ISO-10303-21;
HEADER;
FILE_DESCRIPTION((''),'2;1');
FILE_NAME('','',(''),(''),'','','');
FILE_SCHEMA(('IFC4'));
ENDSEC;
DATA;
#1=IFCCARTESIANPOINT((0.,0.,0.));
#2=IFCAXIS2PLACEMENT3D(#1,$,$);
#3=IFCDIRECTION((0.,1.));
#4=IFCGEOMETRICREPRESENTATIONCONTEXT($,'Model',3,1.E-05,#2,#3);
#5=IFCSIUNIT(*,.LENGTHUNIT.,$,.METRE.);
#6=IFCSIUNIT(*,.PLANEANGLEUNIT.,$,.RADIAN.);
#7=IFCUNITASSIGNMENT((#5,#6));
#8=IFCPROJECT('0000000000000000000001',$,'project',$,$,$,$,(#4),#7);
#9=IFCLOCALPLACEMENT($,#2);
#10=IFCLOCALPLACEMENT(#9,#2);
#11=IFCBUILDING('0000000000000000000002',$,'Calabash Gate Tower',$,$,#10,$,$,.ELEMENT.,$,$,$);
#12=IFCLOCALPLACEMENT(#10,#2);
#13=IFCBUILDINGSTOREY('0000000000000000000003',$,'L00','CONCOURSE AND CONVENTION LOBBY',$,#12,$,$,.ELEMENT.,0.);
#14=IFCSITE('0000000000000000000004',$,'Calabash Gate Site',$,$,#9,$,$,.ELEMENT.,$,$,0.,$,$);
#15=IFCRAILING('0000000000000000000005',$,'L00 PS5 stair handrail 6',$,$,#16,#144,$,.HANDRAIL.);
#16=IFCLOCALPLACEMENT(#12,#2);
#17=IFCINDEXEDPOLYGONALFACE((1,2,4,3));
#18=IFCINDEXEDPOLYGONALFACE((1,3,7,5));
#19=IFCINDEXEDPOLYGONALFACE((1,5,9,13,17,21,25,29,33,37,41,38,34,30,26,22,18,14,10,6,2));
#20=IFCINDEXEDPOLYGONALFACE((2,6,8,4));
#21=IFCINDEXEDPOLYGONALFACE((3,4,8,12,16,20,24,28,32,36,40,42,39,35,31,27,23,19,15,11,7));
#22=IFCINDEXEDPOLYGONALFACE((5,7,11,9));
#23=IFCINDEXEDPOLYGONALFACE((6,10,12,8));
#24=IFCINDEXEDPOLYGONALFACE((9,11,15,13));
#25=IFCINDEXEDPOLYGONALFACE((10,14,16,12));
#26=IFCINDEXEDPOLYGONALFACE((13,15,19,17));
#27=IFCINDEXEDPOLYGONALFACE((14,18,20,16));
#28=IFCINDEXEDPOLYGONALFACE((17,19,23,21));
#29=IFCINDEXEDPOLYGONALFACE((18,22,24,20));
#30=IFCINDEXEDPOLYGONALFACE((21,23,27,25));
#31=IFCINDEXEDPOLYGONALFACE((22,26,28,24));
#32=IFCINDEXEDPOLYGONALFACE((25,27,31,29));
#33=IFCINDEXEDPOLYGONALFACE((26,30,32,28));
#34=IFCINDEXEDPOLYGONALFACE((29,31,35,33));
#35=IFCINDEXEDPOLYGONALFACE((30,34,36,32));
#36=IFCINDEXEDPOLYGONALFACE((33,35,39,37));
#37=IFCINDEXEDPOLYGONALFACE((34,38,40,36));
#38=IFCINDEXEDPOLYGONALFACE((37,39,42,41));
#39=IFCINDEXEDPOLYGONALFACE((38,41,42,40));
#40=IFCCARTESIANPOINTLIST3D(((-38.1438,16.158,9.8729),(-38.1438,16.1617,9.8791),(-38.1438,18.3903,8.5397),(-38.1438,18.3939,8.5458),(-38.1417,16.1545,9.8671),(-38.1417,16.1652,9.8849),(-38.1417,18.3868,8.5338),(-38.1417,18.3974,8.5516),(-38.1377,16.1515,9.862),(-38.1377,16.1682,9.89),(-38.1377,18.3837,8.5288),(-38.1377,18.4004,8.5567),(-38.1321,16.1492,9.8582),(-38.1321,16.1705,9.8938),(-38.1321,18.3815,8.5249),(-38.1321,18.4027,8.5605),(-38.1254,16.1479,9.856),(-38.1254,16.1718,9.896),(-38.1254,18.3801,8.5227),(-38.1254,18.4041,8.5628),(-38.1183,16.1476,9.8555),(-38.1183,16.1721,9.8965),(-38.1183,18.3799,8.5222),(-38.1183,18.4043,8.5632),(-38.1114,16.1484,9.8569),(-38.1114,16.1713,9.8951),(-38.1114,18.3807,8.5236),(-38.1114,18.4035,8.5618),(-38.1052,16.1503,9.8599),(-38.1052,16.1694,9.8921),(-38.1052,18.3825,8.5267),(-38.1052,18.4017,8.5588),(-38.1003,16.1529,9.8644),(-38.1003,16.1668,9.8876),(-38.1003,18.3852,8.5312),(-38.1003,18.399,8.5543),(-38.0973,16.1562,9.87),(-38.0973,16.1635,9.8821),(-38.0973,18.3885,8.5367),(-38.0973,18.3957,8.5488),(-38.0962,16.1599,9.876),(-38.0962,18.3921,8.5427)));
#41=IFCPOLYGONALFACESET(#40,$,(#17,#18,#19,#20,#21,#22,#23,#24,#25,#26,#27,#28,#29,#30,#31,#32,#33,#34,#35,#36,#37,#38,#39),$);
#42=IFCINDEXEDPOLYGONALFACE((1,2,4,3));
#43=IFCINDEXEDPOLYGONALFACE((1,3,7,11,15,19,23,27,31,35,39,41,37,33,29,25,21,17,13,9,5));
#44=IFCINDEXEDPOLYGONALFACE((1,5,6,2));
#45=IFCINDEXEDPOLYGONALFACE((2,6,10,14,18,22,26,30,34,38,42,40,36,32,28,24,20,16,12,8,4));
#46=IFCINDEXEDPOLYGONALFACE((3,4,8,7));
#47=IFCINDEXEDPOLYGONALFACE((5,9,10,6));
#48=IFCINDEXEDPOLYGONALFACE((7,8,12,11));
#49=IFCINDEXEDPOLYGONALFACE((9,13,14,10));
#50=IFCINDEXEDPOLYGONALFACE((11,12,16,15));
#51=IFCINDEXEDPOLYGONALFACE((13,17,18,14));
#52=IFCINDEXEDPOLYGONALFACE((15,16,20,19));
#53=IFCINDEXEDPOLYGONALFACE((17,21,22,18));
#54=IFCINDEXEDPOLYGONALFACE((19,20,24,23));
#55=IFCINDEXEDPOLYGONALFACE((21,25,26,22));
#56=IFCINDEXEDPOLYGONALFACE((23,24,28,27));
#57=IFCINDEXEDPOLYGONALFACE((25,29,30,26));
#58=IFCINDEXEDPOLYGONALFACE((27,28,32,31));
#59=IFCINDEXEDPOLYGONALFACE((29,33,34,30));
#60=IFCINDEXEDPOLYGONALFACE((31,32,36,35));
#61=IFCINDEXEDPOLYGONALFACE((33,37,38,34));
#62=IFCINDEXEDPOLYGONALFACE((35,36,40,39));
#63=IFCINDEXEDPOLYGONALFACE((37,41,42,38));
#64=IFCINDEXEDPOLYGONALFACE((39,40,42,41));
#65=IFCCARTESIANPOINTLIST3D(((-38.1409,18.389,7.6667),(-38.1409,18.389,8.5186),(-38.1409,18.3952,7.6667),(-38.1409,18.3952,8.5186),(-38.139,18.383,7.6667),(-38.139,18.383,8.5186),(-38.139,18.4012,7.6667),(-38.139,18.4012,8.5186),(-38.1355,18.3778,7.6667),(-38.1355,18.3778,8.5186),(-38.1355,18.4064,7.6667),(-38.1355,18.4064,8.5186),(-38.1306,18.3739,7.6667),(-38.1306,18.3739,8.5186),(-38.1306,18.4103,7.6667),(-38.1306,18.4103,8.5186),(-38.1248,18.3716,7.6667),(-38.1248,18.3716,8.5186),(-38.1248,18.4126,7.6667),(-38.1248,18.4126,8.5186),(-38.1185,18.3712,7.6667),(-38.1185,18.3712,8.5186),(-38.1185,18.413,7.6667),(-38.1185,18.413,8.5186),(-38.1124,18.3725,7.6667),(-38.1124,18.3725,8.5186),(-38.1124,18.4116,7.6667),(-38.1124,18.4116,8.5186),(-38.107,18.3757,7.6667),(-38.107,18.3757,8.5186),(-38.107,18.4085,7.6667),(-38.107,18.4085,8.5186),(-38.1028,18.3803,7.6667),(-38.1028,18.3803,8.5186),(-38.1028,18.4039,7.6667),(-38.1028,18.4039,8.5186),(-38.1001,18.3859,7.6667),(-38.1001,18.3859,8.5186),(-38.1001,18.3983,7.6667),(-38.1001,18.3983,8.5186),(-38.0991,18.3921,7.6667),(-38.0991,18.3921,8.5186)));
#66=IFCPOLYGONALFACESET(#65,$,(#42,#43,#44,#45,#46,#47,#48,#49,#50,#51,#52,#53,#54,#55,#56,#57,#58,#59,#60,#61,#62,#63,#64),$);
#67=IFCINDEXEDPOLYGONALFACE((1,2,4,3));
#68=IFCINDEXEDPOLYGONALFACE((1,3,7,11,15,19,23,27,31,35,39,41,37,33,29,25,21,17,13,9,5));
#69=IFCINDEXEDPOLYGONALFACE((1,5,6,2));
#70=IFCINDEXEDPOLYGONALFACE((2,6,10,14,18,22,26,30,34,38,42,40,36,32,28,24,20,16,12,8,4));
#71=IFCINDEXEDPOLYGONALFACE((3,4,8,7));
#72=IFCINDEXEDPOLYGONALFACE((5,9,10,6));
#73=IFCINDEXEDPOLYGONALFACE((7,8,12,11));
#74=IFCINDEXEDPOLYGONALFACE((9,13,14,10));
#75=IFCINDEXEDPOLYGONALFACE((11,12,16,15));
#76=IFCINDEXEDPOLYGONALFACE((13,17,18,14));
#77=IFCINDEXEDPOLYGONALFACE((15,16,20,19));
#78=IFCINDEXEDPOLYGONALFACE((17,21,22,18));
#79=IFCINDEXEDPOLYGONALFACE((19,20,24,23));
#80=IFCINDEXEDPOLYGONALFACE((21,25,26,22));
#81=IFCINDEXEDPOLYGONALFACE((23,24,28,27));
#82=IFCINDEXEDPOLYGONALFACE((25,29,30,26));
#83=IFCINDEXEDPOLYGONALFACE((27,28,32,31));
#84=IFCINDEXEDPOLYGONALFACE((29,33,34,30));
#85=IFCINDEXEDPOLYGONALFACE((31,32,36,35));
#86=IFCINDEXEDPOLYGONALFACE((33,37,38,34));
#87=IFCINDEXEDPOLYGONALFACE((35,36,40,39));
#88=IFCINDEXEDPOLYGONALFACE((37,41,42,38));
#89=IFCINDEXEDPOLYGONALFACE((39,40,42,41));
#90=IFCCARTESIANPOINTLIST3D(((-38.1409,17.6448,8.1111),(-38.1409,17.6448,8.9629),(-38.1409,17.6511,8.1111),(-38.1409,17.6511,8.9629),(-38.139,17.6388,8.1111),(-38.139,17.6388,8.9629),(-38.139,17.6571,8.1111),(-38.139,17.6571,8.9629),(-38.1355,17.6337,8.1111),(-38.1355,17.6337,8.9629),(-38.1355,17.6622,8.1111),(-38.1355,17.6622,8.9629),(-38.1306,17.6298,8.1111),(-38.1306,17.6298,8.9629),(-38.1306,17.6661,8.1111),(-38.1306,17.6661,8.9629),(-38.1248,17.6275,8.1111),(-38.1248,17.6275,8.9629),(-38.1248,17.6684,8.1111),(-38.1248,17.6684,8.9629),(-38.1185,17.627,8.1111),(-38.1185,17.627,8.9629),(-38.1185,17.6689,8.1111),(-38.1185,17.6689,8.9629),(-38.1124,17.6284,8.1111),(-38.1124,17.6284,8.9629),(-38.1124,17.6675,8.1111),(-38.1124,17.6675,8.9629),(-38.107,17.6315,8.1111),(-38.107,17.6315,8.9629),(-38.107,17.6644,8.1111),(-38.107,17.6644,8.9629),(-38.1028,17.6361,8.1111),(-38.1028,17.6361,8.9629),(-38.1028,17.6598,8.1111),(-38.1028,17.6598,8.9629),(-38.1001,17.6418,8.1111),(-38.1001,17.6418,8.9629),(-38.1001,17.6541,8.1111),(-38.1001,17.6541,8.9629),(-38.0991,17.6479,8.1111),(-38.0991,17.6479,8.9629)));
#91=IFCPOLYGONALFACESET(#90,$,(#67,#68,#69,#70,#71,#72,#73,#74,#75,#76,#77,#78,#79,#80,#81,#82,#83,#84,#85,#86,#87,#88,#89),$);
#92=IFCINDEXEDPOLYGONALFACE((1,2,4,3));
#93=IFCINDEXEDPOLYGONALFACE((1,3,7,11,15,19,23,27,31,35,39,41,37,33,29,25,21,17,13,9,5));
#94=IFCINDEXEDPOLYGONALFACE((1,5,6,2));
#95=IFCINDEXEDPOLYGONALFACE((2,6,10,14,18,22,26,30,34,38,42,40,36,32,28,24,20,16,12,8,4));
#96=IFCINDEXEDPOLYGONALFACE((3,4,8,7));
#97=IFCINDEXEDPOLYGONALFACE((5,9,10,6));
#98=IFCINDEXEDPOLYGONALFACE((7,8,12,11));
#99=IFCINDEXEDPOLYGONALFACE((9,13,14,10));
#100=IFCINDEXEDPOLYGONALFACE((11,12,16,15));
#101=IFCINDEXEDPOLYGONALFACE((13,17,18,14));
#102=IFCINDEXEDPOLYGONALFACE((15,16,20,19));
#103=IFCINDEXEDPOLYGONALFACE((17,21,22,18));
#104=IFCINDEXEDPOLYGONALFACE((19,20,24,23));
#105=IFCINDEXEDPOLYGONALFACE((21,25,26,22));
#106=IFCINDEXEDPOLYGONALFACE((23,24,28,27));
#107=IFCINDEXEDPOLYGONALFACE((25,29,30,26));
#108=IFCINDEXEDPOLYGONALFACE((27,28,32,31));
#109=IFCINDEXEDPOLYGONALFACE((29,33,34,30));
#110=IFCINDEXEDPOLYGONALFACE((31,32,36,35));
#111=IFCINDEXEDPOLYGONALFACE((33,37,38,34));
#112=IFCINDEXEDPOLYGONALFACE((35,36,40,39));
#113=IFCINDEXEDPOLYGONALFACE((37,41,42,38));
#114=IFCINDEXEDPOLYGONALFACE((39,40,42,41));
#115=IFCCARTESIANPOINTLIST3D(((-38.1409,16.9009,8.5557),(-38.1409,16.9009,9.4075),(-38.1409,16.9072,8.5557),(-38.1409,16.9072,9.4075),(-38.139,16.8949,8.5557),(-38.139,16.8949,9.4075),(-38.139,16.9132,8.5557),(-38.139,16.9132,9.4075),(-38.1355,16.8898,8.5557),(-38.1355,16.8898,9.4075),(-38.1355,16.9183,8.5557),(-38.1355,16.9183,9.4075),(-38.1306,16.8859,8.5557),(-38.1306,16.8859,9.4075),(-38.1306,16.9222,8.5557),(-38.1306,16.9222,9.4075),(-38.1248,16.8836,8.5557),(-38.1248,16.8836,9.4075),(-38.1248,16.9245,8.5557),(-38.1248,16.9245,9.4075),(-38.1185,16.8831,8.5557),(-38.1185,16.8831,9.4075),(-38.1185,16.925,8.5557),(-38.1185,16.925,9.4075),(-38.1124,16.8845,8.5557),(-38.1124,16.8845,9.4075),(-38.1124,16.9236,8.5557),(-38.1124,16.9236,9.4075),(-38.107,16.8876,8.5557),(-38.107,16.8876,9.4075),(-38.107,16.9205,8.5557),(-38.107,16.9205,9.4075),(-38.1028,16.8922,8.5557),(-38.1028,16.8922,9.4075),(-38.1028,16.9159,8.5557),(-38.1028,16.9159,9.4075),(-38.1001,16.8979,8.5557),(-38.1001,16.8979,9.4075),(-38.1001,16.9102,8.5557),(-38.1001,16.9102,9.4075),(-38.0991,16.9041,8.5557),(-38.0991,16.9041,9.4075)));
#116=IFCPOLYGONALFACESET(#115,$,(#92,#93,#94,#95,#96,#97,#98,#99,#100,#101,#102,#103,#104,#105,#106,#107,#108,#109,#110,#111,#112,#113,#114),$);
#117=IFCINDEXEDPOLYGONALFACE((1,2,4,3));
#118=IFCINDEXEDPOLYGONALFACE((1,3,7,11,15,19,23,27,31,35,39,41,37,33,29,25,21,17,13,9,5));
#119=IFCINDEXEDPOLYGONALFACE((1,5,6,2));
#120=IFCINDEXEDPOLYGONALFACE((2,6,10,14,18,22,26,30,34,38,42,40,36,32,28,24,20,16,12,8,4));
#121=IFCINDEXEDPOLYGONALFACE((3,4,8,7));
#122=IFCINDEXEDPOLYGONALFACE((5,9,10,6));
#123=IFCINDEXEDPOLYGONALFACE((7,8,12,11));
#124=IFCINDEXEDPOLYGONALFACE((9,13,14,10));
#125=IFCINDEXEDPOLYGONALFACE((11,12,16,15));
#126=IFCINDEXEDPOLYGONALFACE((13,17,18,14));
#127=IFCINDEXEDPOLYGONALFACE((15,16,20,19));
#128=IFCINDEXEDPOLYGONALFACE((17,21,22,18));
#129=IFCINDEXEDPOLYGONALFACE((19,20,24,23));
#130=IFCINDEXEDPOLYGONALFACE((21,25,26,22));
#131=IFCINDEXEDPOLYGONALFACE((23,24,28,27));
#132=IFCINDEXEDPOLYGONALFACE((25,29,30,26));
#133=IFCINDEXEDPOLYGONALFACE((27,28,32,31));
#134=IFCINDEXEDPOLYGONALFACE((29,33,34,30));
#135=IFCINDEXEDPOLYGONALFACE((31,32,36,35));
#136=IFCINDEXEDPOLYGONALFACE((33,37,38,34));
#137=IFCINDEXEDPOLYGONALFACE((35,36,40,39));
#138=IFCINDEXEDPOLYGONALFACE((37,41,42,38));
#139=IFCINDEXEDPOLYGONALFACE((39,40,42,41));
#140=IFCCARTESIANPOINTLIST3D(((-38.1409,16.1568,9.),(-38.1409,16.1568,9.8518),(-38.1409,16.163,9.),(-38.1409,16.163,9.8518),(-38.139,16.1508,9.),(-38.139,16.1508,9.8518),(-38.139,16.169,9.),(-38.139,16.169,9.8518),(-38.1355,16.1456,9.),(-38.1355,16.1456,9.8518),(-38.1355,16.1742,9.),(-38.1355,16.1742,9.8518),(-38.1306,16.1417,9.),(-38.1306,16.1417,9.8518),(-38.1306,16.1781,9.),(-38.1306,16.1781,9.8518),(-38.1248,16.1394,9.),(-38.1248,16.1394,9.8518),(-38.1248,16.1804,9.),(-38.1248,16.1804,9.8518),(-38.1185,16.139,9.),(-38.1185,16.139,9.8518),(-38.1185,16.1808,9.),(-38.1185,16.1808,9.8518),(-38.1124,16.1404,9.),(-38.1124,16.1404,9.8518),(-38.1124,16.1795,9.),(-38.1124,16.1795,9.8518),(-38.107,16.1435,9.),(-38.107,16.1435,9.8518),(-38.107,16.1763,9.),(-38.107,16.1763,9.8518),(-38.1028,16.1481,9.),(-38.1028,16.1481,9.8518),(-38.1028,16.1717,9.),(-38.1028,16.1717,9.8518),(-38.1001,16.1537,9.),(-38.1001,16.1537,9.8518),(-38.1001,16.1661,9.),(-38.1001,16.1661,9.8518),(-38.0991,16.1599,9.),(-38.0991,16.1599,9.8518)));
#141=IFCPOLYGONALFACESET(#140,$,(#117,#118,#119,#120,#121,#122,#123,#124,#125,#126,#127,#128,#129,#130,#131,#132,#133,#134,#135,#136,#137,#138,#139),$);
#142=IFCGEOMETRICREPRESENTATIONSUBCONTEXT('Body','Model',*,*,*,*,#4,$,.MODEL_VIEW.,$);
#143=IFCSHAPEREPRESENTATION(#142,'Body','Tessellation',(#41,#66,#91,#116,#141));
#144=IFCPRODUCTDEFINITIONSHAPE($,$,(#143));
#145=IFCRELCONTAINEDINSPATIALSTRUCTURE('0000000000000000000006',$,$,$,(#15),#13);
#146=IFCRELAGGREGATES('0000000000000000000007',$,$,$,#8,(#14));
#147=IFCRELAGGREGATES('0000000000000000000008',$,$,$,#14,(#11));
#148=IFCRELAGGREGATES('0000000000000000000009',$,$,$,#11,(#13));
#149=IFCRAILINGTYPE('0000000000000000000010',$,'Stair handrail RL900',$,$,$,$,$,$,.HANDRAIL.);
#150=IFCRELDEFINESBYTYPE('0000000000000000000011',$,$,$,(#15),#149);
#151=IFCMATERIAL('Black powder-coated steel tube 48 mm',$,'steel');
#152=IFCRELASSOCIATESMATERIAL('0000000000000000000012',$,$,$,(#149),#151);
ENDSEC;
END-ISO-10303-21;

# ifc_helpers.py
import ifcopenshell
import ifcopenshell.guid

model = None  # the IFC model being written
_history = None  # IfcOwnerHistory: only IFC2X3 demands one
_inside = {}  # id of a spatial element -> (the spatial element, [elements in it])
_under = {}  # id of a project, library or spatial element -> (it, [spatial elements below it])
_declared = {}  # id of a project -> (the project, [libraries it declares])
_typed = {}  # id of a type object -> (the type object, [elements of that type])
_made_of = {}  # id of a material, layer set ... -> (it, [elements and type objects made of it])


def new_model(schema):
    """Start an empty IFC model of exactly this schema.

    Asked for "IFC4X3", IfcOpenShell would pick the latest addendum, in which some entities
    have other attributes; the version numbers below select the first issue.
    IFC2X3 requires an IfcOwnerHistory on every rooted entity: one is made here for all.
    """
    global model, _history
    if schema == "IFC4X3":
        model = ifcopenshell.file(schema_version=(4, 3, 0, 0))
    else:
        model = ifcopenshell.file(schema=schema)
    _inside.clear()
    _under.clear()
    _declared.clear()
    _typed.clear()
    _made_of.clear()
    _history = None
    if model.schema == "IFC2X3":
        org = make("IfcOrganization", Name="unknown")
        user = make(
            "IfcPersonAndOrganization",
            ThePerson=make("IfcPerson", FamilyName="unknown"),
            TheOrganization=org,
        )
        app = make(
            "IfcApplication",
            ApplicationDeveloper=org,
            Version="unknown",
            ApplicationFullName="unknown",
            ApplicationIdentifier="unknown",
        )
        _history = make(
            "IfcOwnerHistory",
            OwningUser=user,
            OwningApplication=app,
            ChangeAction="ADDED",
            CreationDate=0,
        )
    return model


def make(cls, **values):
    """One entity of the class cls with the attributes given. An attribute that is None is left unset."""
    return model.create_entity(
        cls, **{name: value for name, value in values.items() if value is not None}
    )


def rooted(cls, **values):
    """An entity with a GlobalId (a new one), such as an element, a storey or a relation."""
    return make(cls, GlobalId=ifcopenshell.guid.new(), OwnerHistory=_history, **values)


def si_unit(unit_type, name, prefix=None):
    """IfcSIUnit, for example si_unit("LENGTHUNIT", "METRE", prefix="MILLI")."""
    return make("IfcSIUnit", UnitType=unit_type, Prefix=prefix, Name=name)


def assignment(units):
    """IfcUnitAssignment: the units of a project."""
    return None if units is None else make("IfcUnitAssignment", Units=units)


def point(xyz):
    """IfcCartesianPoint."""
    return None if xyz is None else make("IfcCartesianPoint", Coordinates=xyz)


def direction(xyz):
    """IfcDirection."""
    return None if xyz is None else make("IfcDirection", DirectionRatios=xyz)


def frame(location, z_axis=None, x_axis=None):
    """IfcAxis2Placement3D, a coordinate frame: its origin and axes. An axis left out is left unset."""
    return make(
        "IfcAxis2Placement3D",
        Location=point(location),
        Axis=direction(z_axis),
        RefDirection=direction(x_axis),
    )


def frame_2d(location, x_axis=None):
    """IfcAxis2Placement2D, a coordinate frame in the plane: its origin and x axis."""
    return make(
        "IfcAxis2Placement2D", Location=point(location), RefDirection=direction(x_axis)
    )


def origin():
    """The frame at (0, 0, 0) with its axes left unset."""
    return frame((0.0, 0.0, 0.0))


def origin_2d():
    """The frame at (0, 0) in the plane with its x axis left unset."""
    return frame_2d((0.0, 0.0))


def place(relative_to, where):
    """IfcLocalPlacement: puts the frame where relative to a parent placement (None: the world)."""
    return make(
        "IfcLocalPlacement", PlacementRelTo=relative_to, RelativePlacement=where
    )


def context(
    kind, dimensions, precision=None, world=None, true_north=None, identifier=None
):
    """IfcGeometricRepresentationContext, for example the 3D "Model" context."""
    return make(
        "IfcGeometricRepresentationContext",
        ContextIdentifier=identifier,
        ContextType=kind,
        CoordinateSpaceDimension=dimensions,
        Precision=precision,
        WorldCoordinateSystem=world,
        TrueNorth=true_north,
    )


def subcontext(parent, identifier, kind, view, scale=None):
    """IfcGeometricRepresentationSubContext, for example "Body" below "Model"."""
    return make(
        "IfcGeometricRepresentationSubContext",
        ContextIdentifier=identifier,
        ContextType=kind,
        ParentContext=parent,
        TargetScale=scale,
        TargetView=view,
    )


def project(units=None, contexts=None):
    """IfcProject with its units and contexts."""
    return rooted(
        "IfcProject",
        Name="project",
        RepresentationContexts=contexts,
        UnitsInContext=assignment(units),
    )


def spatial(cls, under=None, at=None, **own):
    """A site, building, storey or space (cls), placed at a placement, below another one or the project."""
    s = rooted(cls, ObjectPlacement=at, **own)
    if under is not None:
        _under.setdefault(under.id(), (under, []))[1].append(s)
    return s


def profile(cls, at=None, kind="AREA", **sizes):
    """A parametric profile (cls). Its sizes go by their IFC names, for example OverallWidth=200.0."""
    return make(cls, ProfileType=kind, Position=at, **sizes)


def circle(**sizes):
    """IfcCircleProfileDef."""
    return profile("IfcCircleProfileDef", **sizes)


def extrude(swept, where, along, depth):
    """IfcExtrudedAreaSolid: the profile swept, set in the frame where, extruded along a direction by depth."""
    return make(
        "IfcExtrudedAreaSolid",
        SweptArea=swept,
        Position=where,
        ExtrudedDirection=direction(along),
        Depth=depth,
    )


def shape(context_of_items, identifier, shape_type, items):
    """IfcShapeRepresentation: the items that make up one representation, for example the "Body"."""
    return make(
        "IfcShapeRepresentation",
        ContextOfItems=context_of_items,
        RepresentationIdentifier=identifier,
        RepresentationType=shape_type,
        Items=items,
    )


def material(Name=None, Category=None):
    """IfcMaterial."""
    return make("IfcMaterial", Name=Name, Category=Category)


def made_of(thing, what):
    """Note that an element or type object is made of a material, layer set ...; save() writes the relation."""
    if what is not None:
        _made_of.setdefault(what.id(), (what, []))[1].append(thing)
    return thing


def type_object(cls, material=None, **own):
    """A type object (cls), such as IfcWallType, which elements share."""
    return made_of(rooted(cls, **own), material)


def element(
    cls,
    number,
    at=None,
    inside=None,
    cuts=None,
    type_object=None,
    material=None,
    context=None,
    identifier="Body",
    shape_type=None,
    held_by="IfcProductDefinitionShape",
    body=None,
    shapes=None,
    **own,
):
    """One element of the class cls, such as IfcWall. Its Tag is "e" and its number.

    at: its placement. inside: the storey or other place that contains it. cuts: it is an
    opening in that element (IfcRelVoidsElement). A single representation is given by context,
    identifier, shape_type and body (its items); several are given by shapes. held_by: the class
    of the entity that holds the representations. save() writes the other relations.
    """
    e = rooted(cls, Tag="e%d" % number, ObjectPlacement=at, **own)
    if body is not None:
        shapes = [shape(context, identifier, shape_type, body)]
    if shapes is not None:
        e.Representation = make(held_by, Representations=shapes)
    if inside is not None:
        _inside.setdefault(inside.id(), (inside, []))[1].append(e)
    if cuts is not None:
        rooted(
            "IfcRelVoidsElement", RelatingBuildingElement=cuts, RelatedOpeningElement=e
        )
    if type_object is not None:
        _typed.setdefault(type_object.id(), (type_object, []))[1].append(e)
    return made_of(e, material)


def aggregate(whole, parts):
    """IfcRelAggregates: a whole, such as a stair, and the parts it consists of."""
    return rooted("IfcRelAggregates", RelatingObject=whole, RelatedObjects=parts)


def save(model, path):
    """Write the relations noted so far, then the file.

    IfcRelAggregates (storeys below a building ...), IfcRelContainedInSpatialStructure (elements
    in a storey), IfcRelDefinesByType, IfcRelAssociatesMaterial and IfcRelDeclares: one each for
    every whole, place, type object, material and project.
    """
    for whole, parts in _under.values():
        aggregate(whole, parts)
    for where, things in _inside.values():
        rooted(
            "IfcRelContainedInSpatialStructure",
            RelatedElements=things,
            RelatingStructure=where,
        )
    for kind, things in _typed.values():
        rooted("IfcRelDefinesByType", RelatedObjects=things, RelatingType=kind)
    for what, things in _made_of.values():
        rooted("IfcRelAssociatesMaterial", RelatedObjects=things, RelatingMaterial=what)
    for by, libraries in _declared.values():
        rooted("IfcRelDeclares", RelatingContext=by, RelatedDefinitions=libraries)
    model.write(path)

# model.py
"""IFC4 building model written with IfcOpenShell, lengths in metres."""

from ifc_helpers import new_model, si_unit, direction, frame, origin, origin_2d, place, context, subcontext, project, spatial, circle, extrude, material, type_object, element, save


model = new_model("IFC4")

# Units and contexts
model_context = context("Model", 3, precision=1e-05, world=origin(), true_north=direction((0.0, 1.0)))
body_context = subcontext(model_context, "Body", "Model", "MODEL_VIEW")
ifc_project = project(units=[si_unit("LENGTHUNIT", "METRE"), si_unit("PLANEANGLEUNIT", "RADIAN")], contexts=[model_context])

# Site, building, storey
site_placement = place(None, origin())
site = spatial("IfcSite", under=ifc_project, at=site_placement, Name="Calabash Gate Site", CompositionType="ELEMENT", RefElevation=0.0)
building_placement = place(site_placement, origin())
building = spatial("IfcBuilding", under=site, at=building_placement, Name="Calabash Gate Tower", CompositionType="ELEMENT")
storey_placement = place(building_placement, origin())
storey = spatial("IfcBuildingStorey", under=building, at=storey_placement, Name="L00", Description="CONCOURSE AND CONVENTION LOBBY", CompositionType="ELEMENT", Elevation=0.0)

# Railing
ifc_material_1 = material(Name="Black powder-coated steel tube 48 mm", Category="steel")
railing_type_1 = type_object("IfcRailingType", Name="Stair handrail RL900", PredefinedType="HANDRAIL", material=ifc_material_1)
for number, where, name in (
    (1, (-38.1201, 18.3921, 7.6667), "L00 PS5 stair handrail 6"),
):
    element("IfcRailing", number, at=place(storey_placement, frame(where)), inside=storey, type_object=railing_type_1, Name=name, PredefinedType="HANDRAIL", context=body_context, shape_type="SweptSolid", body=[
        extrude(circle(Radius=0.0239, at=origin_2d()), frame((0.0, 0.0, 0.876), z_axis=(0.0, -0.858519, 0.512782), x_axis=(1.0, 0.0, 0.0)), (0.0, 0.0, 1.0), 2.6001),
        extrude(circle(Radius=0.021, at=origin_2d()), origin(), (0.0, 0.0, 1.0), 0.8518),
        extrude(circle(Radius=0.021, at=origin_2d()), frame((0.0, -0.7441, 0.4443)), (0.0, 0.0, 1.0), 0.8518),
        extrude(circle(Radius=0.021, at=origin_2d()), frame((0.0, -1.488, 0.8889)), (0.0, 0.0, 1.0), 0.8518),
        extrude(circle(Radius=0.021, at=origin_2d()), frame((0.0, -2.2322, 1.3333)), (0.0, 0.0, 1.0), 0.8518),
    ])

save(model, "model.ifc")
